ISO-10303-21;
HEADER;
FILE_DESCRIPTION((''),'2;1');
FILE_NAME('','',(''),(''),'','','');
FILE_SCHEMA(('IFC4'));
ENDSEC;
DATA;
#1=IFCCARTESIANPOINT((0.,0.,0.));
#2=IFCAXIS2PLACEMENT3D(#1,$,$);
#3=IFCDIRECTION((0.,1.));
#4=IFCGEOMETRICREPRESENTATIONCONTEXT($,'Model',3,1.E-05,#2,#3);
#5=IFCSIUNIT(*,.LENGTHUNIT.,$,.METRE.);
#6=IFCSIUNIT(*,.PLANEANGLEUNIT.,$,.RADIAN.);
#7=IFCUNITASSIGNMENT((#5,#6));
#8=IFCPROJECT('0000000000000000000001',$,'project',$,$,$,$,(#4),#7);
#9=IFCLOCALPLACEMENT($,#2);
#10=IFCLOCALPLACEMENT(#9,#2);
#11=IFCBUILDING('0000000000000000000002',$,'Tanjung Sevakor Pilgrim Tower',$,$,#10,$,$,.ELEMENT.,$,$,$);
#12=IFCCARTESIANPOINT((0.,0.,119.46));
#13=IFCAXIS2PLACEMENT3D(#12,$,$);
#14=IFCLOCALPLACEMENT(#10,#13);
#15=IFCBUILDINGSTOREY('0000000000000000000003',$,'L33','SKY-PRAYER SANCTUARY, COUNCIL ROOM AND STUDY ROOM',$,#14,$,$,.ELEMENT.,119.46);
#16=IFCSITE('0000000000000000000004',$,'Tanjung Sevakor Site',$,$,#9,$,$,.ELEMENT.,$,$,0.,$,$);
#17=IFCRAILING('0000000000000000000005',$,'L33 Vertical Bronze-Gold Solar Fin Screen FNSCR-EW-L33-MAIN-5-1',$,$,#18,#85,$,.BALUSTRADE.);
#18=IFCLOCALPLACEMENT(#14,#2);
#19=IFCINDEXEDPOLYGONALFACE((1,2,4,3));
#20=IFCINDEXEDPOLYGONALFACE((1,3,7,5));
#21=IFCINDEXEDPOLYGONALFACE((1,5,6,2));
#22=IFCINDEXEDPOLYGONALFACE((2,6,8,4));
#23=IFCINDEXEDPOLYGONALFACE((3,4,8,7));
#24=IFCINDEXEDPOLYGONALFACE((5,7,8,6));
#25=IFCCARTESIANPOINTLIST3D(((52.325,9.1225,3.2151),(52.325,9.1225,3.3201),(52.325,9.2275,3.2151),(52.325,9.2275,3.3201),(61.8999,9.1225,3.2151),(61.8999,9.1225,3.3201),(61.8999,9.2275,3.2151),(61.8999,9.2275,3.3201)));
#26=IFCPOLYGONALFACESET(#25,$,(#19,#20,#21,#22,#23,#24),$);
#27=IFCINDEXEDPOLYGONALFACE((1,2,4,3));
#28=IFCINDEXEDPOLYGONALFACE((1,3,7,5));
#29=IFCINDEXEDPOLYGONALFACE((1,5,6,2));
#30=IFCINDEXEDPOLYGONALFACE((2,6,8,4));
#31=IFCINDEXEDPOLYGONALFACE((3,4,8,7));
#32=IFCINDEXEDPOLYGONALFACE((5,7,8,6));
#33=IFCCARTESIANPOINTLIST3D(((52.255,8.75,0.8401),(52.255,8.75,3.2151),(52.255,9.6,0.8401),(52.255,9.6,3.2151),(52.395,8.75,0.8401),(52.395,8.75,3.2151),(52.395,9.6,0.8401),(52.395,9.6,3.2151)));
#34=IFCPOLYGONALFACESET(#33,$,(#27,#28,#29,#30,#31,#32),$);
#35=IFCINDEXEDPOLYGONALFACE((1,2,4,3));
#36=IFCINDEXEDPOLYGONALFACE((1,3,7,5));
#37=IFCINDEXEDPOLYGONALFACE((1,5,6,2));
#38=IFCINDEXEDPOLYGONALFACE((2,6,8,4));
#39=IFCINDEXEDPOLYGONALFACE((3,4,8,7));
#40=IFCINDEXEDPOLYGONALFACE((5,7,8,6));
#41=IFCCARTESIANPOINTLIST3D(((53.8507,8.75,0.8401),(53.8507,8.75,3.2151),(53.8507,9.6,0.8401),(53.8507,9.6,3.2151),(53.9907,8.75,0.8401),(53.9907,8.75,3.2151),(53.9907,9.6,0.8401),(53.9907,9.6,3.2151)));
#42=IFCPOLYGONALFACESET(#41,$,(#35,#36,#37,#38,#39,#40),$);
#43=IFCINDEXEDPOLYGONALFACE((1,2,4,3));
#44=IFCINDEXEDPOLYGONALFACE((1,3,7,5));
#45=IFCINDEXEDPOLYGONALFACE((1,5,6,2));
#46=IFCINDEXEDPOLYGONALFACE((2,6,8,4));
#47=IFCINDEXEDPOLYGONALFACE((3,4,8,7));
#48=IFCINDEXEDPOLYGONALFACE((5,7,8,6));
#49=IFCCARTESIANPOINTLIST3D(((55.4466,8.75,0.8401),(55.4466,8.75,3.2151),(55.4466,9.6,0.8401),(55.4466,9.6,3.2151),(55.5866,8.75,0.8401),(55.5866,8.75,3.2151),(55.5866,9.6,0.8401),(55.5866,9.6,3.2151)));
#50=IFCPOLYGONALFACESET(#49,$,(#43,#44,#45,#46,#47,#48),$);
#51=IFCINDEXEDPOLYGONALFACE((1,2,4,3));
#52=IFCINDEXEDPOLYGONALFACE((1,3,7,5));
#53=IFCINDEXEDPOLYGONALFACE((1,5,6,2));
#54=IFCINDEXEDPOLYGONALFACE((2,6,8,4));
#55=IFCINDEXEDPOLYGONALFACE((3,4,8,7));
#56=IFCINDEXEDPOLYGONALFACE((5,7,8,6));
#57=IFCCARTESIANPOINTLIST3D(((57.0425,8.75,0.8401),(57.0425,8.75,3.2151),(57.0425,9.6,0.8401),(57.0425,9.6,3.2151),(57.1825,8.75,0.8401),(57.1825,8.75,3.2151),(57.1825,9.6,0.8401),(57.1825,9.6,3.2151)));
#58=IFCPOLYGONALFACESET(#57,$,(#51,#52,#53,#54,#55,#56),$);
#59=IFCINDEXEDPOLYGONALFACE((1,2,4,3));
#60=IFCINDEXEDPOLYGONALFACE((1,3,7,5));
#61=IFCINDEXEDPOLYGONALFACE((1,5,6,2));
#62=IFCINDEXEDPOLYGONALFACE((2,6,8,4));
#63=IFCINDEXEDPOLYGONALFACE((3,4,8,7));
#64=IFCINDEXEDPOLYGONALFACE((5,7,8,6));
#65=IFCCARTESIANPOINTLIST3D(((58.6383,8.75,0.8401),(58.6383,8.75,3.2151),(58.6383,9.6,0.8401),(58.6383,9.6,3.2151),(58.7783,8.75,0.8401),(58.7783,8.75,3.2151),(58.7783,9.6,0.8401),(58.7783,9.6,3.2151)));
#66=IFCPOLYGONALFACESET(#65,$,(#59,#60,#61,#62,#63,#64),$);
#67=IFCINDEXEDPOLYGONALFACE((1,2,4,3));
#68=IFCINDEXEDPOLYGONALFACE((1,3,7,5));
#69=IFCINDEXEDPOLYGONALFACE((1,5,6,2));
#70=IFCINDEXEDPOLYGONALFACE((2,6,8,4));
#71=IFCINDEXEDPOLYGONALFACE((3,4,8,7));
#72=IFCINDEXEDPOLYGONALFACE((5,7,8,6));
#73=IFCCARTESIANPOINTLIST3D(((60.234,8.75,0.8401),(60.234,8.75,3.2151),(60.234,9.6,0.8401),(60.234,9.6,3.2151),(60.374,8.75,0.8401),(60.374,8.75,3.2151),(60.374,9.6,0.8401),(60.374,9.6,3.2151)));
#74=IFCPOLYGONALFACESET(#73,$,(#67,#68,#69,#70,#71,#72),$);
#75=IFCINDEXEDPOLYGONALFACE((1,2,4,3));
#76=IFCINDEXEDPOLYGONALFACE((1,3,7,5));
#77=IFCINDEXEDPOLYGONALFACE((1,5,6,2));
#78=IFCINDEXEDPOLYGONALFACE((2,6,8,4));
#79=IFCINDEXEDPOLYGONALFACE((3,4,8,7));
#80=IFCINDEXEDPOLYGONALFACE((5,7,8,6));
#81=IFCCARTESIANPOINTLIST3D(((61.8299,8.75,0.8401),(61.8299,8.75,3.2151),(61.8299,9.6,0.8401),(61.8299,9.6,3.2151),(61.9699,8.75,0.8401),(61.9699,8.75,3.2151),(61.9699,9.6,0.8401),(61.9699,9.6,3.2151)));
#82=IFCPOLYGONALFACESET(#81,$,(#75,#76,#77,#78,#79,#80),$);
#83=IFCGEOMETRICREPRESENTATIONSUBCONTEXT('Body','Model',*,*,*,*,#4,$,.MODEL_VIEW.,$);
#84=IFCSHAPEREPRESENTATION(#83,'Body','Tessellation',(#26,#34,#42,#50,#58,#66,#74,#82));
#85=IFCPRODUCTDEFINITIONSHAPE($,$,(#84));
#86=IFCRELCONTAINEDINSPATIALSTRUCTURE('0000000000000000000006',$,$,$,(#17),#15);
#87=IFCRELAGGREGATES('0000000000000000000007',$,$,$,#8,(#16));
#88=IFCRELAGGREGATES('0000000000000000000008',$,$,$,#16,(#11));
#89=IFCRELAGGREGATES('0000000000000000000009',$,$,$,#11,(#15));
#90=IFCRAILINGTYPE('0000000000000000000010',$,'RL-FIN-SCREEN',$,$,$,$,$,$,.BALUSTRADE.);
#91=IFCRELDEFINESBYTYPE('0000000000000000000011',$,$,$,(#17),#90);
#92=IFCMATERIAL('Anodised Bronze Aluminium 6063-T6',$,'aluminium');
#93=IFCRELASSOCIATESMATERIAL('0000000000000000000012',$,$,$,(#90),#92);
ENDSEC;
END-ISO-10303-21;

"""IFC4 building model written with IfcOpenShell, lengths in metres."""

from ifc_helpers import new_model, si_unit, direction, frame, origin, place, context, subcontext, project, spatial, rectangle, extrude, material, type_object, element, save


model = new_model("IFC4")

# Units and contexts
model_context = context("Model", 3, precision=1e-05, world=origin(), true_north=direction((0.0, 1.0)))
body_context = subcontext(model_context, "Body", "Model", "MODEL_VIEW")
ifc_project = project(units=[si_unit("LENGTHUNIT", "METRE"), si_unit("PLANEANGLEUNIT", "RADIAN")], contexts=[model_context])

# Site, building, storey
site_placement = place(None, origin())
site = spatial("IfcSite", under=ifc_project, at=site_placement, Name="Tanjung Sevakor Site", CompositionType="ELEMENT", RefElevation=0.0)
building_placement = place(site_placement, origin())
building = spatial("IfcBuilding", under=site, at=building_placement, Name="Tanjung Sevakor Pilgrim Tower", CompositionType="ELEMENT")
storey_placement = place(building_placement, frame((0.0, 0.0, 119.46)))
storey = spatial("IfcBuildingStorey", under=building, at=storey_placement, Name="L33", Description="SKY-PRAYER SANCTUARY, COUNCIL ROOM AND STUDY ROOM", CompositionType="ELEMENT", Elevation=119.46)

# Railing
ifc_material_1 = material(Name="Anodised Bronze Aluminium 6063-T6", Category="aluminium")
railing_type = type_object("IfcRailingType", Name="RL-FIN-SCREEN", PredefinedType="BALUSTRADE", material=ifc_material_1)
railing_placement = place(storey_placement, frame((52.325, 9.175, 0.8401)))
element("IfcRailing", 1, at=railing_placement, inside=storey, type_object=railing_type, Name="L33 Vertical Bronze-Gold Solar Fin Screen FNSCR-EW-L33-MAIN-5-1", PredefinedType="BALUSTRADE", context=body_context, shape_type="SweptSolid", body=[
    extrude(rectangle(XDim=0.105, YDim=0.105), frame((0.0, 0.0, 2.4275), z_axis=(1.0, 0.0, 0.0), x_axis=(0.0, 1.0, 0.0)), (0.0, 0.0, 1.0), 9.575),
    extrude(rectangle(XDim=0.14, YDim=0.85), origin(), (0.0, 0.0, 1.0), 2.375),
    extrude(rectangle(XDim=0.14, YDim=0.85), frame((1.5957, 0.0, 0.0)), (0.0, 0.0, 1.0), 2.375),
    extrude(rectangle(XDim=0.14, YDim=0.85), frame((3.1917, 0.0, 0.0)), (0.0, 0.0, 1.0), 2.375),
    extrude(rectangle(XDim=0.14, YDim=0.85), frame((4.7876, 0.0, 0.0)), (0.0, 0.0, 1.0), 2.375),
    extrude(rectangle(XDim=0.14, YDim=0.85), frame((6.3833, 0.0, 0.0)), (0.0, 0.0, 1.0), 2.375),
    extrude(rectangle(XDim=0.14, YDim=0.85), frame((7.979, 0.0, 0.0)), (0.0, 0.0, 1.0), 2.375),
    extrude(rectangle(XDim=0.14, YDim=0.85), frame((9.575, 0.0, 0.0)), (0.0, 0.0, 1.0), 2.375),
])

save(model, "model.ifc")
